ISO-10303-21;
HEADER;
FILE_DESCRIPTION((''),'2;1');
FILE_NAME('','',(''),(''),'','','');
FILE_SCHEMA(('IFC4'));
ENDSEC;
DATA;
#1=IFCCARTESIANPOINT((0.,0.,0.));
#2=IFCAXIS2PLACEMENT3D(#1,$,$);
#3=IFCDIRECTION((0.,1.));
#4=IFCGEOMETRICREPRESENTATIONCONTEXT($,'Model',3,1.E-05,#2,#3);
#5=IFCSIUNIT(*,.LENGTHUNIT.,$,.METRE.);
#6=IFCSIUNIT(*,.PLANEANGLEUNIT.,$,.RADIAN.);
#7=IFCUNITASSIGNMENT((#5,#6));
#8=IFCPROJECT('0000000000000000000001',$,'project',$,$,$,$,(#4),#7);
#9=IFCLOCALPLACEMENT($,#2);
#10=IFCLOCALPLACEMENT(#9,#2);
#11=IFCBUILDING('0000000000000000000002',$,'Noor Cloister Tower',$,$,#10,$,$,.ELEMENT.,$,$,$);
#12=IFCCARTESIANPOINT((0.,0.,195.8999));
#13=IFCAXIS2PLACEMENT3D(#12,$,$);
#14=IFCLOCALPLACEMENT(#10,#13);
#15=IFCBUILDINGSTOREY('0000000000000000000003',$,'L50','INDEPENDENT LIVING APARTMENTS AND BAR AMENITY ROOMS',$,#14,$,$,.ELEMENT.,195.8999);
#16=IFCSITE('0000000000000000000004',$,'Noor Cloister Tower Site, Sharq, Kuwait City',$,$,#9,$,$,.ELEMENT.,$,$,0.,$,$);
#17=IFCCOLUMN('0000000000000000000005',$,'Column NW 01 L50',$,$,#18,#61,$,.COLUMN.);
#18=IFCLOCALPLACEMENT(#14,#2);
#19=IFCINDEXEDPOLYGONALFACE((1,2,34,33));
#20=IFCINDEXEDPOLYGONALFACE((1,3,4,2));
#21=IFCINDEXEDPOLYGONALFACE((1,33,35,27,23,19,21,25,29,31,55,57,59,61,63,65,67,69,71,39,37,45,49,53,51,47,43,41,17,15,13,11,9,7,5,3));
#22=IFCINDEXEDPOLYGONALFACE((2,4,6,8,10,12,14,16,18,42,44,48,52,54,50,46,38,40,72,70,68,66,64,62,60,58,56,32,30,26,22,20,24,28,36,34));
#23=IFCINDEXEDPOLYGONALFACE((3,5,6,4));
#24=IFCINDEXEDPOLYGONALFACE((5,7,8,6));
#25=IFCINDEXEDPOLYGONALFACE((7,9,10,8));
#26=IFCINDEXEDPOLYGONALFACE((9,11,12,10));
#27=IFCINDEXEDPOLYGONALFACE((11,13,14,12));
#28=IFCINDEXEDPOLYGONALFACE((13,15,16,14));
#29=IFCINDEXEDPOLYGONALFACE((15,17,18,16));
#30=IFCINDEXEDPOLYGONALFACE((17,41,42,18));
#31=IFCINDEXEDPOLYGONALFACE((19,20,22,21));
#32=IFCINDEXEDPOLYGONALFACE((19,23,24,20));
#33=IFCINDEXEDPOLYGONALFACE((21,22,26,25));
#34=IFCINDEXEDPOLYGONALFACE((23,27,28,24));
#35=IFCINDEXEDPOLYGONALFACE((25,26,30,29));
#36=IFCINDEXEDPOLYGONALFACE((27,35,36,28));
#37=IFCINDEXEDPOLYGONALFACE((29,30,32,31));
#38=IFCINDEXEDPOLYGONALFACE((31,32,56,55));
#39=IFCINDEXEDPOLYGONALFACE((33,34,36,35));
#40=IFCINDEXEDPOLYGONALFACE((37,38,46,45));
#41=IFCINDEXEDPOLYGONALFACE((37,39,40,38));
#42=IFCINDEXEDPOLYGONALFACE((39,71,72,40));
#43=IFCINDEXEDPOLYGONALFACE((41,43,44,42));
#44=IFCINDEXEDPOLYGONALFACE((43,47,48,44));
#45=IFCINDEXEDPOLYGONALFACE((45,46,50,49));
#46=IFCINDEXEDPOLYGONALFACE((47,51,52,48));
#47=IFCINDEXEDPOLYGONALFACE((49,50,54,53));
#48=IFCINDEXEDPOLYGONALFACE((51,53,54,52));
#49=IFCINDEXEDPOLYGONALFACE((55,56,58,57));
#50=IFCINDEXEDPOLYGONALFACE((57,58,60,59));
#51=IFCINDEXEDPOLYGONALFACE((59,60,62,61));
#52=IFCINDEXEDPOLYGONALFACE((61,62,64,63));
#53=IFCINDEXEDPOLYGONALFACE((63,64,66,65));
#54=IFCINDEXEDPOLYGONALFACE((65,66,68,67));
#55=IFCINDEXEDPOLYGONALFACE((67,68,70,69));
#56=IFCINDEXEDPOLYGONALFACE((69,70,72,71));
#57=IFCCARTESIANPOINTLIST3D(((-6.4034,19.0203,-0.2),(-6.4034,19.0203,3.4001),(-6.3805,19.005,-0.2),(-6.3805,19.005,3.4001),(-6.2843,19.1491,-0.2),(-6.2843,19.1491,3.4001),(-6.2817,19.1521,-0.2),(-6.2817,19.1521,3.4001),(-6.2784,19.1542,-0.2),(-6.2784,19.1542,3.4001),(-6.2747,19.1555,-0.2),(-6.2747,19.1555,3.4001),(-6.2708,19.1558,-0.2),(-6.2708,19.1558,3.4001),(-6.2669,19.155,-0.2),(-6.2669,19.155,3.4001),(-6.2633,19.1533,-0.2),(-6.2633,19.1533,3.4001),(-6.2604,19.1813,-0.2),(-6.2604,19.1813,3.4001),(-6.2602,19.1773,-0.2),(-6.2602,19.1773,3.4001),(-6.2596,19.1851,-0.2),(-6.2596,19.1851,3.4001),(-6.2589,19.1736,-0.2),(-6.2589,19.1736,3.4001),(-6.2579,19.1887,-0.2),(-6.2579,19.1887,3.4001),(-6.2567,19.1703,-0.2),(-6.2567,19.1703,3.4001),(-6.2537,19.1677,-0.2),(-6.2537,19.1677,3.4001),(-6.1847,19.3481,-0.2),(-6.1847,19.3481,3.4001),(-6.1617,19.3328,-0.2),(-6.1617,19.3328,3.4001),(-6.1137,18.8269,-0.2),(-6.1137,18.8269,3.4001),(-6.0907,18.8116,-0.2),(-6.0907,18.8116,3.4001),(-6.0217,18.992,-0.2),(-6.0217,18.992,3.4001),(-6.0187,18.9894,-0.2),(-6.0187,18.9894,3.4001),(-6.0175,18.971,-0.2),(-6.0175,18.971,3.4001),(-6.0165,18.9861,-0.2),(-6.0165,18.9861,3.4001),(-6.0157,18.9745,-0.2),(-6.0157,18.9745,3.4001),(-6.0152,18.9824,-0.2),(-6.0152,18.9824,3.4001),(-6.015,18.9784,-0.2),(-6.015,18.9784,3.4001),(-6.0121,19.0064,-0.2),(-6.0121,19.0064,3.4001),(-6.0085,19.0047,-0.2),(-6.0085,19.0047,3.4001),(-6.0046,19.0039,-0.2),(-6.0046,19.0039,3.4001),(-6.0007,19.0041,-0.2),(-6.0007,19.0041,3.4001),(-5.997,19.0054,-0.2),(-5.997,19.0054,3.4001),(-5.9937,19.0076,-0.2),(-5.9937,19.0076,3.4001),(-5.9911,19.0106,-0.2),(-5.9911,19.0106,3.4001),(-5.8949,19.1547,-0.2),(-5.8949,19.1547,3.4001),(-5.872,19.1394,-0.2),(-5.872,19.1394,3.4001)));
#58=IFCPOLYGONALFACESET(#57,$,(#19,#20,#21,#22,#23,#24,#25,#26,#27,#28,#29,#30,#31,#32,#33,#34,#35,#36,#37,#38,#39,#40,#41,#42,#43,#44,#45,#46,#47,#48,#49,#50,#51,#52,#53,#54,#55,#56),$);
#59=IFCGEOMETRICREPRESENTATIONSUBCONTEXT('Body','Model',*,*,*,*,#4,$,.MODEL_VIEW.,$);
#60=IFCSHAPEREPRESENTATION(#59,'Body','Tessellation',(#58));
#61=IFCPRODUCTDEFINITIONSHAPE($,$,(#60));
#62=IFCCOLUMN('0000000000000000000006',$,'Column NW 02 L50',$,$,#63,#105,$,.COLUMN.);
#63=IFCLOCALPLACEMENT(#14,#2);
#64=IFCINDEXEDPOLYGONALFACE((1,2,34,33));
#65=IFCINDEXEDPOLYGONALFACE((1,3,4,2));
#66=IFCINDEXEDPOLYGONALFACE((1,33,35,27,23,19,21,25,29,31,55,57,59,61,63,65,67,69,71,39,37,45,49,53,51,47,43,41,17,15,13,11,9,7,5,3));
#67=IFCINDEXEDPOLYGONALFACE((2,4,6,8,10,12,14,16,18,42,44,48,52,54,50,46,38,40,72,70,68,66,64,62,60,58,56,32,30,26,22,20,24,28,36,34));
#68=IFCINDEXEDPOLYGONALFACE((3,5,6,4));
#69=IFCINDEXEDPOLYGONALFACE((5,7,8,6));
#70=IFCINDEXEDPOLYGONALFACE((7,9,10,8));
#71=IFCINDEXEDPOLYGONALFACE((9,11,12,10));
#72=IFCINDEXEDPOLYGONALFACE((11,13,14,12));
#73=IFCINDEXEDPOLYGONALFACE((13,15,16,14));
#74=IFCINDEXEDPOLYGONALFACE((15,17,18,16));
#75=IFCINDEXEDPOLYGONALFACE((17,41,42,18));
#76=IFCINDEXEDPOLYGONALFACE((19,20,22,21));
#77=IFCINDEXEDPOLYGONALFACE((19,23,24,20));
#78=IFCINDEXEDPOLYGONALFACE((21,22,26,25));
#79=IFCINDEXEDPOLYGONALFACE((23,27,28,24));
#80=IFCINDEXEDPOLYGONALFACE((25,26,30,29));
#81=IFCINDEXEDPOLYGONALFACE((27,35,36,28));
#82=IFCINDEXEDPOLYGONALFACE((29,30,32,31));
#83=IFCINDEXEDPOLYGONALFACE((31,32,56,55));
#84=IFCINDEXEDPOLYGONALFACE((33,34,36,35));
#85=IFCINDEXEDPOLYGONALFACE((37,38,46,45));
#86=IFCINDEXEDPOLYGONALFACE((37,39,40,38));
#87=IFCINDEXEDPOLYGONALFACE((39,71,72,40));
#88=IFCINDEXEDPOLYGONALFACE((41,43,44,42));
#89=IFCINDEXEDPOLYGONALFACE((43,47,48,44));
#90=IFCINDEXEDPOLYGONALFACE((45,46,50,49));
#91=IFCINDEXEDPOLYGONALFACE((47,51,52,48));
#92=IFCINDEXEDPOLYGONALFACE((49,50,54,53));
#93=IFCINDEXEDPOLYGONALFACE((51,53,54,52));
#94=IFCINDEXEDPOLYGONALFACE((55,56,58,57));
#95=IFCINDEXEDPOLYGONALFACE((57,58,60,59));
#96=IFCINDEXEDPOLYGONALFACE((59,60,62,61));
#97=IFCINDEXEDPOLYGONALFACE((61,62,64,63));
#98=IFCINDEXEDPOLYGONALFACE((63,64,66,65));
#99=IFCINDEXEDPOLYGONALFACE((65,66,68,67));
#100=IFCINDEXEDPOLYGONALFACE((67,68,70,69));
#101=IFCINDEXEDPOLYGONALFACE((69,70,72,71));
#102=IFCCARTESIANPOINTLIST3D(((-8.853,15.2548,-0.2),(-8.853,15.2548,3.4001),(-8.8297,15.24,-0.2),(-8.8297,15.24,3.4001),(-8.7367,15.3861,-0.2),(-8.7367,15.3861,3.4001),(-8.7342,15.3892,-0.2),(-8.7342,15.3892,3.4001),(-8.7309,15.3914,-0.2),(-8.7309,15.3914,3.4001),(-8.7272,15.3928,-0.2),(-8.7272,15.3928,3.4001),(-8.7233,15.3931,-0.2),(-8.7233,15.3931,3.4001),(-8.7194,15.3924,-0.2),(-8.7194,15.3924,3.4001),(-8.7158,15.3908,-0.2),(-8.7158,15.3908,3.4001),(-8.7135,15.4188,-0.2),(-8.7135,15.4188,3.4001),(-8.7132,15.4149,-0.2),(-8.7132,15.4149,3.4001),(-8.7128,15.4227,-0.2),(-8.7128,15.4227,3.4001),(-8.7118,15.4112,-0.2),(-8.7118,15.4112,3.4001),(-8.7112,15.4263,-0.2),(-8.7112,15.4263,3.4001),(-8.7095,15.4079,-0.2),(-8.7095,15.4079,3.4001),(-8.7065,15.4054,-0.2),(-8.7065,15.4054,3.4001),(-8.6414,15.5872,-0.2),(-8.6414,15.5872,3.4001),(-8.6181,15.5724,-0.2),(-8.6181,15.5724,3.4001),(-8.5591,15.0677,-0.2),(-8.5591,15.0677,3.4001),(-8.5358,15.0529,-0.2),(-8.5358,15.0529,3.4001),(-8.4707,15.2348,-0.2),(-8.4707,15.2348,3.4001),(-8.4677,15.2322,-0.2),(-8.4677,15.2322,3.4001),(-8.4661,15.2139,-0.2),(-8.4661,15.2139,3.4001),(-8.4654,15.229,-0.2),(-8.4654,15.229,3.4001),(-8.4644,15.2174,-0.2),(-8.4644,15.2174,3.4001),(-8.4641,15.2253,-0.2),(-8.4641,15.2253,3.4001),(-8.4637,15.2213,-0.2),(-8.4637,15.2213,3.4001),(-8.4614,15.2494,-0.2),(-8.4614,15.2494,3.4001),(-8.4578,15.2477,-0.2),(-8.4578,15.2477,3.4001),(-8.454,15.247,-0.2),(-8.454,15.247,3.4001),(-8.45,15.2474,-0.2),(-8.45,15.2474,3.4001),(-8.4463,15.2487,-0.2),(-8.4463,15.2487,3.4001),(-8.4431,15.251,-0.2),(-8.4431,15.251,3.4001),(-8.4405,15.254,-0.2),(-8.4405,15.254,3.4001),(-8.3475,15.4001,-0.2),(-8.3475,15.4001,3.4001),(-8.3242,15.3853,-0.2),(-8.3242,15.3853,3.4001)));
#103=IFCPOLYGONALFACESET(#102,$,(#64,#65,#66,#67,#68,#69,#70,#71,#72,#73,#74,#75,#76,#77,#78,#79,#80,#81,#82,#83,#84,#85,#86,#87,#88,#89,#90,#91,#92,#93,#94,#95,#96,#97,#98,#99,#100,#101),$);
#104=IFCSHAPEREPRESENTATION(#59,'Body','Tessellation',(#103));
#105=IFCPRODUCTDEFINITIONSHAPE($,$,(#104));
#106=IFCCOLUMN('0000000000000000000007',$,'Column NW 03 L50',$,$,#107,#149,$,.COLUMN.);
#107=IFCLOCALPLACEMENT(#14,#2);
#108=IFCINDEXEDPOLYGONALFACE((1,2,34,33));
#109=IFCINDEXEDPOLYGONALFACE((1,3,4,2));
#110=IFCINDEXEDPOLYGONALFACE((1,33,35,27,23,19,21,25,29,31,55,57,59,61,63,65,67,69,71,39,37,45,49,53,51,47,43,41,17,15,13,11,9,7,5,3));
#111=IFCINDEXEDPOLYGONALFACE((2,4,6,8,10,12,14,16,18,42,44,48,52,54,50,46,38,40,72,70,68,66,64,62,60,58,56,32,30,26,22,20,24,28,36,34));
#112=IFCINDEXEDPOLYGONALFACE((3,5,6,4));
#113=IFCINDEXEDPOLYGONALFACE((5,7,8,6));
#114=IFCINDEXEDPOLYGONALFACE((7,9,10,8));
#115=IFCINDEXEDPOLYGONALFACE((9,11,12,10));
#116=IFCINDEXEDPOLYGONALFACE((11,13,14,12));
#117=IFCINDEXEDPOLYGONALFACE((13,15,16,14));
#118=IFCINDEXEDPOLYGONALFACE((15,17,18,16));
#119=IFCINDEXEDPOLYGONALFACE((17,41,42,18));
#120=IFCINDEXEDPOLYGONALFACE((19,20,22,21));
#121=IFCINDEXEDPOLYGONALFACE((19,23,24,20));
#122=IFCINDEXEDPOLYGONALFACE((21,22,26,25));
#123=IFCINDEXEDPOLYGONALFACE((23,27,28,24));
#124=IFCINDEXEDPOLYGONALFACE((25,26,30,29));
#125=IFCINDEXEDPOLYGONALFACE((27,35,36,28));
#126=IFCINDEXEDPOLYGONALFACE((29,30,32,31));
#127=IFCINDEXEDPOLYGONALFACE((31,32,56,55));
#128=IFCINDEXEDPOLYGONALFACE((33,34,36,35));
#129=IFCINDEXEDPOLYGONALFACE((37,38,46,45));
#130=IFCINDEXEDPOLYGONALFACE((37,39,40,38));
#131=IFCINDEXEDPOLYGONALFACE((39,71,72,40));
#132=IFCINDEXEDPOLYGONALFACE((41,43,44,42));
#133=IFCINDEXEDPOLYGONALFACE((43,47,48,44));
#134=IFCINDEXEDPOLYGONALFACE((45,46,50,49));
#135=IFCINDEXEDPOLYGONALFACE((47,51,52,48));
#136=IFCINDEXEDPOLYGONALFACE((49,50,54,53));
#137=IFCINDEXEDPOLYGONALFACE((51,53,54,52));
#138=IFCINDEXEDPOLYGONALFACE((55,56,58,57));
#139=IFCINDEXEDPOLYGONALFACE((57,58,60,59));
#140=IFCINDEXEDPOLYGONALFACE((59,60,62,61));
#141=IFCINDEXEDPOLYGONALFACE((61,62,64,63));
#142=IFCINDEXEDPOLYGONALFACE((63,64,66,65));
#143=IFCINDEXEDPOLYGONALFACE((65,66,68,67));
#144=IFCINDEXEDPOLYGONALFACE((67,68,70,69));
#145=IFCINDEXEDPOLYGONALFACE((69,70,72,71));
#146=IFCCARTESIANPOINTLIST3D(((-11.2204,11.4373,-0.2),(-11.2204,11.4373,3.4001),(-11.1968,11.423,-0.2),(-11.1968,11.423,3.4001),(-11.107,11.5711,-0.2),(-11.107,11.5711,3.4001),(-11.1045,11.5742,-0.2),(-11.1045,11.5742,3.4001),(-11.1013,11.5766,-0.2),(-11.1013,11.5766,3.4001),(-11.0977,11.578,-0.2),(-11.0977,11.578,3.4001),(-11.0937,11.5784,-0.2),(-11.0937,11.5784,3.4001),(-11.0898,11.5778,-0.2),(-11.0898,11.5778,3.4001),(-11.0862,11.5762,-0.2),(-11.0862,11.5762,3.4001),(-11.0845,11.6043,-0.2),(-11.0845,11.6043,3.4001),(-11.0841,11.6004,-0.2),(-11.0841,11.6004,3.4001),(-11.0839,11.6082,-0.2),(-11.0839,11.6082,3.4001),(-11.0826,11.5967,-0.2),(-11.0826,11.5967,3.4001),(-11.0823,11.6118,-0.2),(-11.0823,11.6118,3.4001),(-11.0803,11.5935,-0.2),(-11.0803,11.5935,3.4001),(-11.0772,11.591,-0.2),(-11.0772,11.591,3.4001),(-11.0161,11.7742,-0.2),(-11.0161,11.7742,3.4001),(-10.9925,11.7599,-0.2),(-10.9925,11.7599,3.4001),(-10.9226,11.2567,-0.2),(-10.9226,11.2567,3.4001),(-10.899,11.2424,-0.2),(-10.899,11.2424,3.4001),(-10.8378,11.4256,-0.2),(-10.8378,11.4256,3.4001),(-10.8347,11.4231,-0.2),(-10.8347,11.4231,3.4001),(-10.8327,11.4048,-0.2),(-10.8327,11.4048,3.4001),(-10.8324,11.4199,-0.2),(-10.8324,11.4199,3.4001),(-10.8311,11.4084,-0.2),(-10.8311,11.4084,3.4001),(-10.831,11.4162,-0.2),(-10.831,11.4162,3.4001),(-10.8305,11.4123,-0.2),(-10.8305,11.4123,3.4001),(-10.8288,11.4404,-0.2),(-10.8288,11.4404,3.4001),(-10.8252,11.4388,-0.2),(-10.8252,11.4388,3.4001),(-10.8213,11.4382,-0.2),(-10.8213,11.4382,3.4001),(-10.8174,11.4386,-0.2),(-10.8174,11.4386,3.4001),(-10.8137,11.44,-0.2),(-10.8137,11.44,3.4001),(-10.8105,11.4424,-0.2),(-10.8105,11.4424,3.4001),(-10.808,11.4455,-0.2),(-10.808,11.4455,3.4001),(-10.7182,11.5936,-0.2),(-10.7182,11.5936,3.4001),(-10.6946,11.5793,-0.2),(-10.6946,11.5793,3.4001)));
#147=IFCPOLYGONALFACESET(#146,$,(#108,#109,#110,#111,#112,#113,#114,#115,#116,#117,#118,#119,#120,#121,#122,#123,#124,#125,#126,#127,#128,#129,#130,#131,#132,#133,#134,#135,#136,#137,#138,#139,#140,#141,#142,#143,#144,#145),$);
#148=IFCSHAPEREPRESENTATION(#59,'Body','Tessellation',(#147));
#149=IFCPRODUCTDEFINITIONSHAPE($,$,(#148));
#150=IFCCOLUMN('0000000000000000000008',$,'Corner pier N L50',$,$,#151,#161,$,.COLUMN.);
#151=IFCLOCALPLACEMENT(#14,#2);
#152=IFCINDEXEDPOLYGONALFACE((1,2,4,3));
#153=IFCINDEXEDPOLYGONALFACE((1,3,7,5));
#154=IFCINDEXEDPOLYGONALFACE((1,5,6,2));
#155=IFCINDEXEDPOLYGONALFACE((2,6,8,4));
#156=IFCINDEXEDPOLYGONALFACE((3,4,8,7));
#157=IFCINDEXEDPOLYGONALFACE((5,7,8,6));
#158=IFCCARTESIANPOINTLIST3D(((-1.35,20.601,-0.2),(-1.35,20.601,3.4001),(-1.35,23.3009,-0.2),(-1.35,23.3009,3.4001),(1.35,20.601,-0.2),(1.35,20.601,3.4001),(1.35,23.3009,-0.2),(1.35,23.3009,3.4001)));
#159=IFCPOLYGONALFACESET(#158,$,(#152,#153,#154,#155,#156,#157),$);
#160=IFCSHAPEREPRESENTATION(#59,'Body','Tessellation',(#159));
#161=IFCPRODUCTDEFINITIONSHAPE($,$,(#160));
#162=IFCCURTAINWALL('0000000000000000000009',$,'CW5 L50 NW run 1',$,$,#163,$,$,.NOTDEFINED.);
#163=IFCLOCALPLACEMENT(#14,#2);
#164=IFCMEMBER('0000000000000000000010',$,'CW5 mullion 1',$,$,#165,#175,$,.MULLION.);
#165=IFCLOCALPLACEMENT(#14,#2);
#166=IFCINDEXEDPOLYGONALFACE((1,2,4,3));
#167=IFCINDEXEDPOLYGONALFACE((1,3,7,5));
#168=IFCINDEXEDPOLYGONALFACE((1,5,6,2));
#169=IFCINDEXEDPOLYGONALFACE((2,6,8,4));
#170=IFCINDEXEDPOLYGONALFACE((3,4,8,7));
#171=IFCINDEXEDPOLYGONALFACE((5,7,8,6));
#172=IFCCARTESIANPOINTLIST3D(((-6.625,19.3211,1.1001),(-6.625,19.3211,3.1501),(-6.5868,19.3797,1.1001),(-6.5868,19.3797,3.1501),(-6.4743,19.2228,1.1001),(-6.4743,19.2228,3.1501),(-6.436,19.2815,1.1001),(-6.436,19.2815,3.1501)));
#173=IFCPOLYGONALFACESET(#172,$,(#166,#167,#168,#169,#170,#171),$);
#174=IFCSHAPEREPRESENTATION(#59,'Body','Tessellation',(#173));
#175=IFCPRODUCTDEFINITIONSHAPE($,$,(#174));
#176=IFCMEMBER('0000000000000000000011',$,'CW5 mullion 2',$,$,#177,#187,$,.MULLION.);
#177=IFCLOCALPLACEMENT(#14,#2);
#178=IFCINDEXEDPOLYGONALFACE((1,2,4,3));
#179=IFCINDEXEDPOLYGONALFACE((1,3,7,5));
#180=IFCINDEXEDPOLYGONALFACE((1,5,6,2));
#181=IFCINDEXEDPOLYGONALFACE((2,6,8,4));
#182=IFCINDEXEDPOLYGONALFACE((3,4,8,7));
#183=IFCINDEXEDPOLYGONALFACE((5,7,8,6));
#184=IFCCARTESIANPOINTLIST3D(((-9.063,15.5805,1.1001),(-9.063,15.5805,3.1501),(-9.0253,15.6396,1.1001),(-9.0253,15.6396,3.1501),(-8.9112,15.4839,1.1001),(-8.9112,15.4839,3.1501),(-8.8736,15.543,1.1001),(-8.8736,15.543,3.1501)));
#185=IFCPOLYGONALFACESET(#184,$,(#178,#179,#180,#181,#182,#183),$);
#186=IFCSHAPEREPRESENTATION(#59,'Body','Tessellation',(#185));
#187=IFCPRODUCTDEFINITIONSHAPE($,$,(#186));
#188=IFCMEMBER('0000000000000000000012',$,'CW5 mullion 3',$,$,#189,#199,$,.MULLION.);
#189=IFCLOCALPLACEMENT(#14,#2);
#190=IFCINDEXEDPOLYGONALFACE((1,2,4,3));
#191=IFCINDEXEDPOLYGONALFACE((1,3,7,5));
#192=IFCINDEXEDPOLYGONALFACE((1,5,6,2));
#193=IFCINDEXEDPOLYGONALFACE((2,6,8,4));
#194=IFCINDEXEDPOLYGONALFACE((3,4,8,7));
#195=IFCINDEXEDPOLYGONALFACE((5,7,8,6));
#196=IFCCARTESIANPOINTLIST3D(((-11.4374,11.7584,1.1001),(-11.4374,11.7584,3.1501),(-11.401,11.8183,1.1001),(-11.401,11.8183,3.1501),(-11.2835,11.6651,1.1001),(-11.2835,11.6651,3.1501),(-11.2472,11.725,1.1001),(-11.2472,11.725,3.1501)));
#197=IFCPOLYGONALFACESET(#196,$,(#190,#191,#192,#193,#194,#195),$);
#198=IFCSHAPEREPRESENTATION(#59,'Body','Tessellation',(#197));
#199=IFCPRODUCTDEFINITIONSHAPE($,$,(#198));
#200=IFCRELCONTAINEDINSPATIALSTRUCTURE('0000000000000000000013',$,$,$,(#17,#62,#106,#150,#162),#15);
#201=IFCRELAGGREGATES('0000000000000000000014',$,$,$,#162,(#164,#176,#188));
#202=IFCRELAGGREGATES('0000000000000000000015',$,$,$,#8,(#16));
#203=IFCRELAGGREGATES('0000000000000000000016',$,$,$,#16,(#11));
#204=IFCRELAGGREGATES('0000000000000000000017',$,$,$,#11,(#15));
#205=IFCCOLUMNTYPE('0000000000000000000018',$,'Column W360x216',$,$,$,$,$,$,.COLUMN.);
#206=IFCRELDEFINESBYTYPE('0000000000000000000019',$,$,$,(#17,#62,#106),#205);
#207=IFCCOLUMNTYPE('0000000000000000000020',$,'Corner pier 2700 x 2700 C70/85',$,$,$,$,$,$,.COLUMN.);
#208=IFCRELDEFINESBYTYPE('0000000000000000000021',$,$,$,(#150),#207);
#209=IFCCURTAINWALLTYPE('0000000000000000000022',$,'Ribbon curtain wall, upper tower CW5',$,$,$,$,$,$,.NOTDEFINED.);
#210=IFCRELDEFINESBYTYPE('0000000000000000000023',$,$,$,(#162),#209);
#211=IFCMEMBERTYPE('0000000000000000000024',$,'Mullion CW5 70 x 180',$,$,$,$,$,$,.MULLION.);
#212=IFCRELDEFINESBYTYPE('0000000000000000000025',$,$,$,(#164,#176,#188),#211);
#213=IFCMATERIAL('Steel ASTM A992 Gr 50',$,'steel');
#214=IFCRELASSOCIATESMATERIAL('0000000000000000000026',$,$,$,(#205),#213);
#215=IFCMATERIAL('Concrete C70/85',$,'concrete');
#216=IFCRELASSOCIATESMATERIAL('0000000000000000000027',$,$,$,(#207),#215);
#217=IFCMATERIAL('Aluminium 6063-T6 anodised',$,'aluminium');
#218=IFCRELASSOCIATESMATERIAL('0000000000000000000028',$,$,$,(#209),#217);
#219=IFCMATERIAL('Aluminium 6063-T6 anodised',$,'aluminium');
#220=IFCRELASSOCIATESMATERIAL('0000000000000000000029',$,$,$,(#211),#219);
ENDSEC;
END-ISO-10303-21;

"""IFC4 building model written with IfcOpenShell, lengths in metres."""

from ifc_helpers import new_model, si_unit, direction, frame, origin, origin_2d, place, context, subcontext, project, spatial, rectangle, i_section, extrude, material, material_profile, profile_set, type_object, element, aggregate, save


model = new_model("IFC4")

# Units and contexts
model_context = context("Model", 3, precision=1e-05, world=origin(), true_north=direction((0.0, 1.0)))
body_context = subcontext(model_context, "Body", "Model", "MODEL_VIEW")
ifc_project = project(units=[si_unit("LENGTHUNIT", "METRE"), si_unit("PLANEANGLEUNIT", "RADIAN")], contexts=[model_context])

# Site, building, storey
site_placement = place(None, origin())
site = spatial("IfcSite", under=ifc_project, at=site_placement, Name="Noor Cloister Tower Site, Sharq, Kuwait City", CompositionType="ELEMENT", RefElevation=0.0)
building_placement = place(site_placement, origin())
building = spatial("IfcBuilding", under=site, at=building_placement, Name="Noor Cloister Tower", CompositionType="ELEMENT")
storey_placement = place(building_placement, frame((0.0, 0.0, 195.8999)))
storey = spatial("IfcBuildingStorey", under=building, at=storey_placement, Name="L50", Description="INDEPENDENT LIVING APARTMENTS AND BAR AMENITY ROOMS", CompositionType="ELEMENT", Elevation=195.8999)

# Columns
ifc_material_1 = material(Name="Steel ASTM A992 Gr 50", Category="steel")
ifc_material_profile_1 = material_profile(ifc_material_1, i_section(OverallWidth=0.394, OverallDepth=0.376, WebThickness=0.0173, FlangeThickness=0.0276, FilletRadius=0.0151, at=origin_2d()), Name="W360x216")
ifc_profile_set_1 = profile_set([ifc_material_profile_1], Name="Steel ASTM A992 Gr 50")
column_type_1 = type_object("IfcColumnType", Name="Column W360x216", PredefinedType="COLUMN", material=ifc_profile_set_1)
for number, where, z_axis, x_axis, name in (
    (1, (-6.1377, 19.0798, -0.2), (0.0, 0.0, 1.0), (-0.55513, -0.831763, 0.0), "Column NW 01 L50"),
    (2, (-8.5886, 15.3201, -0.2), (0.0, 0.0, 1.0), (-0.537002, -0.843581, 0.0), "Column NW 02 L50"),
    (3, (-10.9575, 11.5083, -0.2), (0.0, 0.0, 1.0), (-0.518623, -0.855003, 0.0), "Column NW 03 L50"),
):
    element("IfcColumn", number, at=place(storey_placement, frame(where, z_axis=z_axis, x_axis=x_axis)), inside=storey, type_object=column_type_1, Name=name, PredefinedType="COLUMN", context=body_context, shape_type="SweptSolid", body=[
        extrude(i_section(OverallWidth=0.394, OverallDepth=0.376, WebThickness=0.0173, FlangeThickness=0.0276, FilletRadius=0.0151, at=origin_2d()), origin(), (0.0, 0.0, 1.0), 3.6001),
    ])
ifc_material_2 = material(Name="Concrete C70/85", Category="concrete")
ifc_material_profile_2 = material_profile(ifc_material_2, rectangle(XDim=2.7, YDim=2.7, at=origin_2d()), Name="RC 2700x2700")
ifc_profile_set_2 = profile_set([ifc_material_profile_2], Name="Concrete C70/85")
column_type_2 = type_object("IfcColumnType", Name="Corner pier 2700 x 2700 C70/85", PredefinedType="COLUMN", material=ifc_profile_set_2)
column_placement = place(storey_placement, frame((0.0, 21.9509, -0.2), z_axis=(0.0, 0.0, 1.0), x_axis=(0.0, 1.0, 0.0)))
element("IfcColumn", 4, at=column_placement, inside=storey, type_object=column_type_2, Name="Corner pier N L50", PredefinedType="COLUMN", context=body_context, shape_type="SweptSolid", body=[
    extrude(rectangle(XDim=2.7, YDim=2.7, at=origin_2d()), origin(), (0.0, 0.0, 1.0), 3.6001),
])

# Curtain wall, members
ifc_material_3 = material(Name="Aluminium 6063-T6 anodised", Category="aluminium")
curtain_wall_type = type_object("IfcCurtainWallType", Name="Ribbon curtain wall, upper tower CW5", PredefinedType="NOTDEFINED", material=ifc_material_3)
curtain_wall_placement = place(storey_placement, origin())
curtain_wall = element("IfcCurtainWall", 5, at=curtain_wall_placement, inside=storey, type_object=curtain_wall_type, Name="CW5 L50 NW run 1", PredefinedType="NOTDEFINED")
ifc_material_4 = material(Name="Aluminium 6063-T6 anodised", Category="aluminium")
ifc_material_profile_3 = material_profile(ifc_material_4, rectangle(XDim=0.1799, YDim=0.0701, at=origin_2d()), Name="180 x 70 mullion")
ifc_profile_set_3 = profile_set([ifc_material_profile_3], Name="Aluminium 6063-T6 anodised")
member_type = type_object("IfcMemberType", Name="Mullion CW5 70 x 180", PredefinedType="MULLION", material=ifc_profile_set_3)
member_1_placement = place(storey_placement, frame((-6.5305, 19.3013, 1.1001), z_axis=(0.0, 0.0, 1.0), x_axis=(0.837721, -0.546098, 0.0)))
member_1 = element("IfcMember", 6, at=member_1_placement, type_object=member_type, Name="CW5 mullion 1", PredefinedType="MULLION", context=body_context, shape_type="SweptSolid", body=[
    extrude(rectangle(XDim=0.1799, YDim=0.0701, at=origin_2d()), origin(), (0.0, 0.0, 1.0), 2.05),
])
member_2_placement = place(storey_placement, frame((-8.9683, 15.5618, 1.1001), z_axis=(0.0, 0.0, 1.0), x_axis=(0.843581, -0.537002, 0.0)))
member_2 = element("IfcMember", 7, at=member_2_placement, type_object=member_type, Name="CW5 mullion 2", PredefinedType="MULLION", context=body_context, shape_type="SweptSolid", body=[
    extrude(rectangle(XDim=0.1799, YDim=0.0701, at=origin_2d()), origin(), (0.0, 0.0, 1.0), 2.05),
])
member_3_placement = place(storey_placement, frame((-11.3423, 11.7417, 1.1001), z_axis=(0.0, 0.0, 1.0), x_axis=(0.855003, -0.518623, 0.0)))
member_3 = element("IfcMember", 8, at=member_3_placement, type_object=member_type, Name="CW5 mullion 3", PredefinedType="MULLION", context=body_context, shape_type="SweptSolid", body=[
    extrude(rectangle(XDim=0.1799, YDim=0.0701, at=origin_2d()), origin(), (0.0, 0.0, 1.0), 2.05),
])

aggregate(curtain_wall, [member_1, member_2, member_3])

save(model, "model.ifc")
